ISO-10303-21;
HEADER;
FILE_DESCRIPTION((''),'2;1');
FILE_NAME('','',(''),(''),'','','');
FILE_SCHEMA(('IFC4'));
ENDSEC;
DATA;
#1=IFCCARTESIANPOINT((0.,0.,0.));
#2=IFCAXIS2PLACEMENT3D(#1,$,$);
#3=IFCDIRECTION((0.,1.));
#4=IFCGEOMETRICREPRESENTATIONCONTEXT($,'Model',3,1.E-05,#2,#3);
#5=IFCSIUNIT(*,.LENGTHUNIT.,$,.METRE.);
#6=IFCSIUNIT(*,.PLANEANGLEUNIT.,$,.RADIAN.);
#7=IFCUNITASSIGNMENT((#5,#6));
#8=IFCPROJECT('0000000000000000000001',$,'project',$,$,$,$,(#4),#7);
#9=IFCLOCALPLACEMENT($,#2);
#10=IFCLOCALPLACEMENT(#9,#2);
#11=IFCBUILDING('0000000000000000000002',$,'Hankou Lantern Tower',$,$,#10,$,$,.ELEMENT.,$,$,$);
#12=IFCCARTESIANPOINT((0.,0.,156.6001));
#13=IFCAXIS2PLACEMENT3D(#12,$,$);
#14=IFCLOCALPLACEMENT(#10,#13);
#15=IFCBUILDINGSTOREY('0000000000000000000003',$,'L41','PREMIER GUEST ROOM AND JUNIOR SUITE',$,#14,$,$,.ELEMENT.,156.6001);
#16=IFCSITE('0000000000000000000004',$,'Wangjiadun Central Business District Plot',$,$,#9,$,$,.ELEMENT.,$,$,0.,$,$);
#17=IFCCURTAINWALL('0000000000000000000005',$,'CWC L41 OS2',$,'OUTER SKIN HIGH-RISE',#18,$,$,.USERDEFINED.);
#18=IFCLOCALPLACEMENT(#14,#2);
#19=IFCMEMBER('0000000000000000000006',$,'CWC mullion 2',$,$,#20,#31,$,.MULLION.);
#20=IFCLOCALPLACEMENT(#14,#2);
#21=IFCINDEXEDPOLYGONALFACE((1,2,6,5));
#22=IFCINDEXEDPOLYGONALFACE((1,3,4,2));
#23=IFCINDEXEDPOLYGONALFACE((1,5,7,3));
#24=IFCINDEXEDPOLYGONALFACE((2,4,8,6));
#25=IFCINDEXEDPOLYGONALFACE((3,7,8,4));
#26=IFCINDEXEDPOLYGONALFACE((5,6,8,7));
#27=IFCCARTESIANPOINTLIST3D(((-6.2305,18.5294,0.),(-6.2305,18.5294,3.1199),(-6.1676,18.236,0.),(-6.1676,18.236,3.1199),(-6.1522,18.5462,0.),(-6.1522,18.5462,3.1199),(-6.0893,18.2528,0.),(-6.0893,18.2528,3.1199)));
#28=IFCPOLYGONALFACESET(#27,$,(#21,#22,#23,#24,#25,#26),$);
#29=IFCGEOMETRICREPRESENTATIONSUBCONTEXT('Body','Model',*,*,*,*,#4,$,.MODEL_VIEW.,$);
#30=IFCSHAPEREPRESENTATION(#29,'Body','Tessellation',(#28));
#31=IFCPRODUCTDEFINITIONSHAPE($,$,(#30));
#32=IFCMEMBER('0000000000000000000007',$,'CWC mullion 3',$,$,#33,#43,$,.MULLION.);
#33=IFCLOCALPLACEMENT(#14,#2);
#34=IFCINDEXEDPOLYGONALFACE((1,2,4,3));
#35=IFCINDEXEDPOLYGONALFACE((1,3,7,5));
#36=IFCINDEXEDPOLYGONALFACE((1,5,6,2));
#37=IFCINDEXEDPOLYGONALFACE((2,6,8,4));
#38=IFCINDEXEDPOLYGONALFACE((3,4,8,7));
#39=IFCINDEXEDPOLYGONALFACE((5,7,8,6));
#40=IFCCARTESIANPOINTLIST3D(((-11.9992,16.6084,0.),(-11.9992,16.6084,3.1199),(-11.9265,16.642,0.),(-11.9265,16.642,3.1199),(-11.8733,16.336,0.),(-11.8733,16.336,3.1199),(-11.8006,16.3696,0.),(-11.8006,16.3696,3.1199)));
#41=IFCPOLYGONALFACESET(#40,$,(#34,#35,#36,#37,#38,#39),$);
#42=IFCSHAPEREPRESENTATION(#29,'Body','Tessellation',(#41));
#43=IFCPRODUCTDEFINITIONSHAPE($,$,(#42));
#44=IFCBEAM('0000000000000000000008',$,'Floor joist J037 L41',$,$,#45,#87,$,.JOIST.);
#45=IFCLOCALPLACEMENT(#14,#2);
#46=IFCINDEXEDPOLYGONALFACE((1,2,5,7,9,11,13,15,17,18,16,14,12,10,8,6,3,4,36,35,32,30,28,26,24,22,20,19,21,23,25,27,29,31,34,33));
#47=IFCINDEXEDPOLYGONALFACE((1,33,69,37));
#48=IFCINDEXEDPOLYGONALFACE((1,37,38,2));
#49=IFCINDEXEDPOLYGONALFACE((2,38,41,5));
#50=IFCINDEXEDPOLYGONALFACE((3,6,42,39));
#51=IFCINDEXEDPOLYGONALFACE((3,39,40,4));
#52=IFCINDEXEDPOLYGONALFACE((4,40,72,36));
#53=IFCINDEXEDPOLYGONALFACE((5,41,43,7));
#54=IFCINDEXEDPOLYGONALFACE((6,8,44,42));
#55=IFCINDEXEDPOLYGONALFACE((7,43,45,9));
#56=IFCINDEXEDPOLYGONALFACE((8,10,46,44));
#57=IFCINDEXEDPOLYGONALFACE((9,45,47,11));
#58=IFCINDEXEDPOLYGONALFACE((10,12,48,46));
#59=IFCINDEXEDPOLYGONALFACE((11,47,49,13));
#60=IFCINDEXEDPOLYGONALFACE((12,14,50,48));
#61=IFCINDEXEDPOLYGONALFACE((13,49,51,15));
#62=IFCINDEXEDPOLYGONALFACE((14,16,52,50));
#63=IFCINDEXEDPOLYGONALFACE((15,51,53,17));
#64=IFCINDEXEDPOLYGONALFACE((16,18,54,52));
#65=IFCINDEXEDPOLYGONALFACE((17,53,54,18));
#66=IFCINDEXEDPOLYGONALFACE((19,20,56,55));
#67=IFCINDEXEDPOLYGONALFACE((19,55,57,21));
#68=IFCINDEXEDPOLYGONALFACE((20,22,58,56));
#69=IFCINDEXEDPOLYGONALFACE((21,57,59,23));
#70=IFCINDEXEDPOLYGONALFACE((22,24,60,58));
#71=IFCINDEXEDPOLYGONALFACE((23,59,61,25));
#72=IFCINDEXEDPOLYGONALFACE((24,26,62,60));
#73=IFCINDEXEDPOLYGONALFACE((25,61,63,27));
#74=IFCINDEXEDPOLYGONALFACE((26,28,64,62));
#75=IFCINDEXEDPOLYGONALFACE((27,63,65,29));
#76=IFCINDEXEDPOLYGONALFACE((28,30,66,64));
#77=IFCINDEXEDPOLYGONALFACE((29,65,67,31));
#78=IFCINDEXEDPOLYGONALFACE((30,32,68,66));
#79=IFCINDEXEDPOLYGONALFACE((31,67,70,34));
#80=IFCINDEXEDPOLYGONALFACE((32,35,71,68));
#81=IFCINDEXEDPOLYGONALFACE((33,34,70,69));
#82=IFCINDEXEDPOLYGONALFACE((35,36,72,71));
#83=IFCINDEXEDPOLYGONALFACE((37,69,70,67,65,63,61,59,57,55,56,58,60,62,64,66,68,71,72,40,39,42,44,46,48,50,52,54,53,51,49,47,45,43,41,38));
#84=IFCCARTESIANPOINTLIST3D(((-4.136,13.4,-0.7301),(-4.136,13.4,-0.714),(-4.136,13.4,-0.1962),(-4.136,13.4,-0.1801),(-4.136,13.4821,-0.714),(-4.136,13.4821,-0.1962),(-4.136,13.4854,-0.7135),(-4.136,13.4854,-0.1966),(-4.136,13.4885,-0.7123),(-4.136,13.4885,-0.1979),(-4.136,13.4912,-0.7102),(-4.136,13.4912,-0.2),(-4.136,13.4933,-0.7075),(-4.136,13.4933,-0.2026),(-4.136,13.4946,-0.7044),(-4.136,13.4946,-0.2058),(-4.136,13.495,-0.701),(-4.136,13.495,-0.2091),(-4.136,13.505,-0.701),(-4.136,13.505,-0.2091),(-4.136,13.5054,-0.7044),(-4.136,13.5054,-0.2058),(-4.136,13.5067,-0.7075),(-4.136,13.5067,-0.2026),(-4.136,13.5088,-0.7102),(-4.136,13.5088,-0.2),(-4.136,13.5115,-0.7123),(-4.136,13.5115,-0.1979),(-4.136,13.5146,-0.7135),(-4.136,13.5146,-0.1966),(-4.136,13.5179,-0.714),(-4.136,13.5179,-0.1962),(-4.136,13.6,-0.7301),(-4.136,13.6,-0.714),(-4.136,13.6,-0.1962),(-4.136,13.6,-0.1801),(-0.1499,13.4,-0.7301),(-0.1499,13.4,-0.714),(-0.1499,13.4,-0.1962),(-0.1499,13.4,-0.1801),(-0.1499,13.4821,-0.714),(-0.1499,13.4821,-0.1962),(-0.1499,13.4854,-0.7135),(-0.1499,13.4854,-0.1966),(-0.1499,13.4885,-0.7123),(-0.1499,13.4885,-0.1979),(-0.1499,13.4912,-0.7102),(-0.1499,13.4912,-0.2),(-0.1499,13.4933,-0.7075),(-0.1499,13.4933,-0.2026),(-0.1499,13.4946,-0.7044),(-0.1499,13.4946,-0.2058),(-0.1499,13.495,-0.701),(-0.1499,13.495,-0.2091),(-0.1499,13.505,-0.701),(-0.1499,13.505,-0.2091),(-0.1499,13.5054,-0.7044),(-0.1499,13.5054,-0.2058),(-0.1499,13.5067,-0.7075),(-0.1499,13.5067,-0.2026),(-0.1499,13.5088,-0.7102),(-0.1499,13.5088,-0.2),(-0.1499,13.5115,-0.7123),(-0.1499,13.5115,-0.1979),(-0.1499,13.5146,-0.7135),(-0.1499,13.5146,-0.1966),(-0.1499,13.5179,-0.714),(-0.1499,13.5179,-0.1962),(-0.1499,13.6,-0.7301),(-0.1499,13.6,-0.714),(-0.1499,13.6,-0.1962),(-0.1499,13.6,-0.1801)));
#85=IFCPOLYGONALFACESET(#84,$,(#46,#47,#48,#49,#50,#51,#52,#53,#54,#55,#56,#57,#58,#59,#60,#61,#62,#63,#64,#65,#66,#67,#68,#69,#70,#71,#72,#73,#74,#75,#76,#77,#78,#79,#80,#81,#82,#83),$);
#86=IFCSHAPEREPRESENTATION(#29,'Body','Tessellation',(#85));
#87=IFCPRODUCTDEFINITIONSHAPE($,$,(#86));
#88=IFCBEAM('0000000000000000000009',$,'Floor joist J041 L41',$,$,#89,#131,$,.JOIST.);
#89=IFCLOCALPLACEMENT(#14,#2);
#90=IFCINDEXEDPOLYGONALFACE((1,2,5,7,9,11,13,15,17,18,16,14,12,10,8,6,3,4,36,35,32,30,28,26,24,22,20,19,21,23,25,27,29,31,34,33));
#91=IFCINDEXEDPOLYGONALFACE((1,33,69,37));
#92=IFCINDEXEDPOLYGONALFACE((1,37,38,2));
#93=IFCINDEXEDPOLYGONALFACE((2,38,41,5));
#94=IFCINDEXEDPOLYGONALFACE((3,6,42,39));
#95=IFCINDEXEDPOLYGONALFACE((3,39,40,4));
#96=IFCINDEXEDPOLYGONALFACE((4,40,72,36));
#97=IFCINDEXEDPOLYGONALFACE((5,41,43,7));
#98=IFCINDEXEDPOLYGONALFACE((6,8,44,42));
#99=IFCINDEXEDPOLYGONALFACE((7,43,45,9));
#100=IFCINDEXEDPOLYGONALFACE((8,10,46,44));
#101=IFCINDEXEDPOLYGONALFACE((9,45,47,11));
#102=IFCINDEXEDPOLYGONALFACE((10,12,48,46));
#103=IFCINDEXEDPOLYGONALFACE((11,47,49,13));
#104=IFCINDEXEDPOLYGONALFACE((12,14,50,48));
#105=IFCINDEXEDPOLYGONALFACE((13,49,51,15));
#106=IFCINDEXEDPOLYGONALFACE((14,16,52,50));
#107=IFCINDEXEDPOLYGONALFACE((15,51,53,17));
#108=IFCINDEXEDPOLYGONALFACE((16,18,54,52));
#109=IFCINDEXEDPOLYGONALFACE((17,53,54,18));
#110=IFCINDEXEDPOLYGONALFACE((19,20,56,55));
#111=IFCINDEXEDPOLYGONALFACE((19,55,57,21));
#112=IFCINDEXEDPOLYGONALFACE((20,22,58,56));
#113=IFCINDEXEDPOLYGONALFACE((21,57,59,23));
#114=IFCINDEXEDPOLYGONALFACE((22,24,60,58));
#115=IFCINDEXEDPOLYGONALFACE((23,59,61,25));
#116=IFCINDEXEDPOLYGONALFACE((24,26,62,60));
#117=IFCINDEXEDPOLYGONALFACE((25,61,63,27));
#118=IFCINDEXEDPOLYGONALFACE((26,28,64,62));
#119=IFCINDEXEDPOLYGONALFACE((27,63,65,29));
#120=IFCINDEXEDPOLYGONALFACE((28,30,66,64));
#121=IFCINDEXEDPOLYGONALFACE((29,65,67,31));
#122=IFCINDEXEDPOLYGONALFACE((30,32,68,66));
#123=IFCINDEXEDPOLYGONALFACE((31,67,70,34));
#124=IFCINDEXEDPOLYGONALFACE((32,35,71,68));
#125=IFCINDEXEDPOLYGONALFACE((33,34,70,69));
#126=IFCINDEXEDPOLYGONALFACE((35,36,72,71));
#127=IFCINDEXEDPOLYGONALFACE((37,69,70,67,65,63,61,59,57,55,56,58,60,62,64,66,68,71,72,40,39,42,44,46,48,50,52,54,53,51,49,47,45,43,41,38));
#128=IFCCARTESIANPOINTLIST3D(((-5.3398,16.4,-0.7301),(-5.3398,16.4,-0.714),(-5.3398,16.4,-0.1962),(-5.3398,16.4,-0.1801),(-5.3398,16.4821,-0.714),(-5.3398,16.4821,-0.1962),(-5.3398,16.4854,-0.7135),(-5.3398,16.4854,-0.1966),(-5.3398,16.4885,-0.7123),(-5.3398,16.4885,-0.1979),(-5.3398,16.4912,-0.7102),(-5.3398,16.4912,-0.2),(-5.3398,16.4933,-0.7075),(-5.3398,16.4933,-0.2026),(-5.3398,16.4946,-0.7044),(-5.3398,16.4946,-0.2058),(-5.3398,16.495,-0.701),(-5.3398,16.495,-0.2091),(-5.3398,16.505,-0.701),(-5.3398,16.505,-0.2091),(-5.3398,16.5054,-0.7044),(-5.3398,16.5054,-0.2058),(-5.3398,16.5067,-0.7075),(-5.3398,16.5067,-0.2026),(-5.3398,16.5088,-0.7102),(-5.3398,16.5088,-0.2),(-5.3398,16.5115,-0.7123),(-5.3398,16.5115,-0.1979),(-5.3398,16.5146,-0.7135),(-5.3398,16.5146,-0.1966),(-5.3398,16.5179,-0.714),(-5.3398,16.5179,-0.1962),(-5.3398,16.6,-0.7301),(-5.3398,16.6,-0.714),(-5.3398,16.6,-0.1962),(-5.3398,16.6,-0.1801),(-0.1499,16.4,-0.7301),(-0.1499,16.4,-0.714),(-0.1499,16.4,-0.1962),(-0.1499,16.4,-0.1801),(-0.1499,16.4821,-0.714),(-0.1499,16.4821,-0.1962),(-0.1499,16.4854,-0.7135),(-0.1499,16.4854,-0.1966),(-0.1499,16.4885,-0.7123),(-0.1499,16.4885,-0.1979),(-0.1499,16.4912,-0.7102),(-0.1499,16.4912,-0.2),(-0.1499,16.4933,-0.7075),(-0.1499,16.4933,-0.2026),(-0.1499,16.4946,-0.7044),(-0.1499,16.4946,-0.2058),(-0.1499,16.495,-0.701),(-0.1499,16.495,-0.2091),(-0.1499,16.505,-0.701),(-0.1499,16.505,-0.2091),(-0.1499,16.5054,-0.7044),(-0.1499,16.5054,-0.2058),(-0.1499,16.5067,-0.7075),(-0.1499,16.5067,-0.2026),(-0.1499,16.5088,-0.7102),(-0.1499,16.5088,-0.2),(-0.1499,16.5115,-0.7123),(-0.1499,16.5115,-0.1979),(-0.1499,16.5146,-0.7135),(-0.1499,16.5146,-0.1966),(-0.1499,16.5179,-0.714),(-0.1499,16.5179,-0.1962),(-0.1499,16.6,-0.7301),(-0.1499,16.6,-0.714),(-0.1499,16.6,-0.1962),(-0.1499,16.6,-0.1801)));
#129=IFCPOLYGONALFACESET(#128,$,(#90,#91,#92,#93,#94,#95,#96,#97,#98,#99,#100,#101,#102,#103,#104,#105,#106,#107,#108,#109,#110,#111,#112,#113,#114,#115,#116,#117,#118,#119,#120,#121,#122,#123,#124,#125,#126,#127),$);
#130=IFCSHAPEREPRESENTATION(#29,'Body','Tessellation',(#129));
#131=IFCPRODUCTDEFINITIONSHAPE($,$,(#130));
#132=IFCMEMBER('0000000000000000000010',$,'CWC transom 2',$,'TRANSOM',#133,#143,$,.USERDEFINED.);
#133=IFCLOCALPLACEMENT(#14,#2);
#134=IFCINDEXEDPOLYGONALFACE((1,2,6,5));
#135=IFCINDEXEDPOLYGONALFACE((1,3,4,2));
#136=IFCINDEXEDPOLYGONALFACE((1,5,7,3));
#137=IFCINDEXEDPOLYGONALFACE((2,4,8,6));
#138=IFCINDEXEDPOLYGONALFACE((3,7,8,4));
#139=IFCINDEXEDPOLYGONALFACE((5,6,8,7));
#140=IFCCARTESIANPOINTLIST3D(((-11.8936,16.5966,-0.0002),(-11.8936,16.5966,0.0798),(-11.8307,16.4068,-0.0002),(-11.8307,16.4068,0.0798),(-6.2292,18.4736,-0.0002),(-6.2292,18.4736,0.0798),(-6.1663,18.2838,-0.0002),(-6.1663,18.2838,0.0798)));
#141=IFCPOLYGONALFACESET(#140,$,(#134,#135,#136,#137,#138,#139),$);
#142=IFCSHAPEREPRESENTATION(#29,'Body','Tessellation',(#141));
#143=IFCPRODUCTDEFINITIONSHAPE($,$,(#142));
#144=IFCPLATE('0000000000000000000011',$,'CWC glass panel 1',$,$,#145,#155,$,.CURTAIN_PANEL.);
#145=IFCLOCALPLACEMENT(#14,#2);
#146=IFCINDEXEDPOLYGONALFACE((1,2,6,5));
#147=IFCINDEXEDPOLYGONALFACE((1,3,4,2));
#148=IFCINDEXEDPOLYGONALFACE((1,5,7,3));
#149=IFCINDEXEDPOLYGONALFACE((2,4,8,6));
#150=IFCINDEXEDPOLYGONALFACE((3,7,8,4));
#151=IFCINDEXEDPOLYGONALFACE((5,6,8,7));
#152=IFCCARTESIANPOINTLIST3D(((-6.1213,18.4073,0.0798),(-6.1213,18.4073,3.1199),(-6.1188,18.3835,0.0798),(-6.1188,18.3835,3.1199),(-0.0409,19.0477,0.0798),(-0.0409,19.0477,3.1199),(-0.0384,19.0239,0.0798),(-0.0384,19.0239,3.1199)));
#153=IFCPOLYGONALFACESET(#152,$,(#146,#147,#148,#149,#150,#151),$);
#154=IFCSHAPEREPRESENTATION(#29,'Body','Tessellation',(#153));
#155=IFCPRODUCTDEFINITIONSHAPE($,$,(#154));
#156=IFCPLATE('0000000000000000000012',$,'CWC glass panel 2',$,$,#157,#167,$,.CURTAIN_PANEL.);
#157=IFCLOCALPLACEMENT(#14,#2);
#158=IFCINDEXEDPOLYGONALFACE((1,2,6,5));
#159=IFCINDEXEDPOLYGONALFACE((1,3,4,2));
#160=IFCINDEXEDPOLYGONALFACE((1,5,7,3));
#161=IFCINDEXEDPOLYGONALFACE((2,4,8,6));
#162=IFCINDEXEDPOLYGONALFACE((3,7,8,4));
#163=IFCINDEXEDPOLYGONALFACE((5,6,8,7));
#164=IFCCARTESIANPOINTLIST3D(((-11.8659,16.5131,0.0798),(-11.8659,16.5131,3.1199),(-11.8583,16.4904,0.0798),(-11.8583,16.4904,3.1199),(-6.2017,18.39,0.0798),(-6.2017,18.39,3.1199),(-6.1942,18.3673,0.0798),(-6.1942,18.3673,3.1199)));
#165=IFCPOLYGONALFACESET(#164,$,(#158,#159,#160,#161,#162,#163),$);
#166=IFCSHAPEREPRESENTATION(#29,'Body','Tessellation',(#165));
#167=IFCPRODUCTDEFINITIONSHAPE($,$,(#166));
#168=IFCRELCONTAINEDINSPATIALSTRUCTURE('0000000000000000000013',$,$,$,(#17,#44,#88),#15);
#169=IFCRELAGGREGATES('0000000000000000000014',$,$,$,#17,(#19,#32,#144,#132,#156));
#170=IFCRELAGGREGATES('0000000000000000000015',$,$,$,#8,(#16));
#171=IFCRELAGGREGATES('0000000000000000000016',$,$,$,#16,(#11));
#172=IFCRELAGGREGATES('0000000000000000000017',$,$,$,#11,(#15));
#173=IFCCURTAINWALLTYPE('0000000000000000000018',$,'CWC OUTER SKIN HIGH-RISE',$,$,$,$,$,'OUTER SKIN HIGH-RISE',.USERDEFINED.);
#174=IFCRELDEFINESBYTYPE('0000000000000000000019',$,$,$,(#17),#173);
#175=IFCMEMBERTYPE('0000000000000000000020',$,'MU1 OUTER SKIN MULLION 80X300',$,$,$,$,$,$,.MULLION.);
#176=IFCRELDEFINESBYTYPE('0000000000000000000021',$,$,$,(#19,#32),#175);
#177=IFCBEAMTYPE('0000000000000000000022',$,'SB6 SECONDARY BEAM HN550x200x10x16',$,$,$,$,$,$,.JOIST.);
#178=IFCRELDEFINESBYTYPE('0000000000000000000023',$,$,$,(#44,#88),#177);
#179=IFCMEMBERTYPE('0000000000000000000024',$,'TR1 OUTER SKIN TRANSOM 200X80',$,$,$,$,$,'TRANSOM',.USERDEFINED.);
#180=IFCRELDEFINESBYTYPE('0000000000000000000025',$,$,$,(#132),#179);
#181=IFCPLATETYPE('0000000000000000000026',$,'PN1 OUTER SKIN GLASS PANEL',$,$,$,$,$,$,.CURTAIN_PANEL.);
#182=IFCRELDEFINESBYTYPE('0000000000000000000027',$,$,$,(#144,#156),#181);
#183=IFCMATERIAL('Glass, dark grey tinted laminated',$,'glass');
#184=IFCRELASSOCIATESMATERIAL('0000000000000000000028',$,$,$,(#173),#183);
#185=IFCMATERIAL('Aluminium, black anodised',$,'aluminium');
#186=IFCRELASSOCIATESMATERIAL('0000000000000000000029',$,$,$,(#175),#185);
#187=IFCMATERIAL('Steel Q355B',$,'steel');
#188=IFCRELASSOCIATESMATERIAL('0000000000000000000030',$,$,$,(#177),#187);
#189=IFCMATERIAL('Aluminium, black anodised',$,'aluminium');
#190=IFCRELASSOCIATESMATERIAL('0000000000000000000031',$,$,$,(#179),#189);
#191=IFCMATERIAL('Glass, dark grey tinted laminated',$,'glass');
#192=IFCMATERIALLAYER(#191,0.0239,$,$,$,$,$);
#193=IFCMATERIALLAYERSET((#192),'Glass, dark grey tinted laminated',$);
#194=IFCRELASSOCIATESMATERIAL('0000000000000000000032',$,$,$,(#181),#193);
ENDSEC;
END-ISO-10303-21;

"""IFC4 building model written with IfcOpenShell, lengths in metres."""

from ifc_helpers import new_model, si_unit, direction, frame, origin, origin_2d, place, context, subcontext, project, spatial, rectangle, i_section, extrude, material, layer, layer_set, material_profile, profile_set, type_object, element, aggregate, save


model = new_model("IFC4")

# Units and contexts
model_context = context("Model", 3, precision=1e-05, world=origin(), true_north=direction((0.0, 1.0)))
body_context = subcontext(model_context, "Body", "Model", "MODEL_VIEW")
ifc_project = project(units=[si_unit("LENGTHUNIT", "METRE"), si_unit("PLANEANGLEUNIT", "RADIAN")], contexts=[model_context])

# Site, building, storey
site_placement = place(None, origin())
site = spatial("IfcSite", under=ifc_project, at=site_placement, Name="Wangjiadun Central Business District Plot", CompositionType="ELEMENT", RefElevation=0.0)
building_placement = place(site_placement, origin())
building = spatial("IfcBuilding", under=site, at=building_placement, Name="Hankou Lantern Tower", CompositionType="ELEMENT")
storey_placement = place(building_placement, frame((0.0, 0.0, 156.6001)))
storey = spatial("IfcBuildingStorey", under=building, at=storey_placement, Name="L41", Description="PREMIER GUEST ROOM AND JUNIOR SUITE", CompositionType="ELEMENT", Elevation=156.6001)

# Curtain wall, members
ifc_material_1 = material(Name="Glass, dark grey tinted laminated", Category="glass")
curtain_wall_type = type_object("IfcCurtainWallType", Name="CWC OUTER SKIN HIGH-RISE", ElementType="OUTER SKIN HIGH-RISE", PredefinedType="USERDEFINED", material=ifc_material_1)
curtain_wall_placement = place(storey_placement, origin())
curtain_wall = element("IfcCurtainWall", 1, at=curtain_wall_placement, inside=storey, type_object=curtain_wall_type, Name="CWC L41 OS2", ObjectType="OUTER SKIN HIGH-RISE", PredefinedType="USERDEFINED")
ifc_material_2 = material(Name="Aluminium, black anodised", Category="aluminium")
ifc_material_profile_1 = material_profile(ifc_material_2, rectangle(XDim=0.0801, YDim=0.3, at=origin_2d()), Name="MU1 80X300")
ifc_profile_set_1 = profile_set([ifc_material_profile_1], Name="Aluminium, black anodised")
member_type_1 = type_object("IfcMemberType", Name="MU1 OUTER SKIN MULLION 80X300", PredefinedType="MULLION", material=ifc_profile_set_1)
member_1_placement = place(storey_placement, frame((-6.1599, 18.3911, 0.0), z_axis=(0.0, 0.0, 1.0), x_axis=(-0.977788, -0.209598, 0.0)))
member_1 = element("IfcMember", 2, at=member_1_placement, type_object=member_type_1, Name="CWC mullion 2", PredefinedType="MULLION", context=body_context, shape_type="SweptSolid", body=[
    extrude(rectangle(XDim=0.0801, YDim=0.3, at=origin_2d()), origin(), (0.0, 0.0, 1.0), 3.1199),
])
member_2_placement = place(storey_placement, frame((-11.8999, 16.489, 0.0), z_axis=(0.0, 0.0, 1.0), x_axis=(-0.907841, -0.419314, 0.0)))
member_2 = element("IfcMember", 3, at=member_2_placement, type_object=member_type_1, Name="CWC mullion 3", PredefinedType="MULLION", context=body_context, shape_type="SweptSolid", body=[
    extrude(rectangle(XDim=0.0801, YDim=0.3, at=origin_2d()), origin(), (0.0, 0.0, 1.0), 3.1199),
])

# Beams
ifc_material_3 = material(Name="Steel Q355B", Category="steel")
ifc_material_profile_2 = material_profile(ifc_material_3, i_section(OverallWidth=0.2, OverallDepth=0.55, WebThickness=0.01, FlangeThickness=0.0161, FilletRadius=0.0129, at=origin_2d()), Name="HN550x200x10x16")
ifc_profile_set_2 = profile_set([ifc_material_profile_2], Name="Steel Q355B")
beam_type_1 = type_object("IfcBeamType", Name="SB6 SECONDARY BEAM HN550x200x10x16", PredefinedType="JOIST", material=ifc_profile_set_2)
beam_1_placement = place(storey_placement, frame((-4.136, 13.5, -0.4551), z_axis=(1.0, 0.0, 0.0), x_axis=(0.0, 1.0, 0.0)))
element("IfcBeam", 4, at=beam_1_placement, inside=storey, type_object=beam_type_1, Name="Floor joist J037 L41", PredefinedType="JOIST", context=body_context, shape_type="SweptSolid", body=[
    extrude(i_section(OverallWidth=0.2, OverallDepth=0.55, WebThickness=0.01, FlangeThickness=0.0161, FilletRadius=0.0129, at=origin_2d()), origin(), (0.0, 0.0, 1.0), 3.9861),
])
beam_2_placement = place(storey_placement, frame((-5.3398, 16.5, -0.4551), z_axis=(1.0, 0.0, 0.0), x_axis=(0.0, 1.0, 0.0)))
element("IfcBeam", 5, at=beam_2_placement, inside=storey, type_object=beam_type_1, Name="Floor joist J041 L41", PredefinedType="JOIST", context=body_context, shape_type="SweptSolid", body=[
    extrude(i_section(OverallWidth=0.2, OverallDepth=0.55, WebThickness=0.01, FlangeThickness=0.0161, FilletRadius=0.0129, at=origin_2d()), origin(), (0.0, 0.0, 1.0), 5.1899),
])

# Member
ifc_material_4 = material(Name="Aluminium, black anodised", Category="aluminium")
ifc_material_profile_3 = material_profile(ifc_material_4, rectangle(XDim=0.2, YDim=0.0801, at=origin_2d()), Name="TR1 200X80")
ifc_profile_set_3 = profile_set([ifc_material_profile_3], Name="Aluminium, black anodised")
member_type_2 = type_object("IfcMemberType", Name="TR1 OUTER SKIN TRANSOM 200X80", ElementType="TRANSOM", PredefinedType="USERDEFINED", material=ifc_profile_set_3)
member_3_placement = place(storey_placement, frame((-6.1978, 18.3787, 0.0398), z_axis=(-0.949242, -0.314546, 0.0), x_axis=(0.314546, -0.949242, 0.0)))
member_3 = element("IfcMember", 6, at=member_3_placement, type_object=member_type_2, Name="CWC transom 2", ObjectType="TRANSOM", PredefinedType="USERDEFINED", context=body_context, shape_type="SweptSolid", body=[
    extrude(rectangle(XDim=0.2, YDim=0.0801, at=origin_2d()), origin(), (0.0, 0.0, 1.0), 5.9673),
])

# Plates
ifc_material_5 = material(Name="Glass, dark grey tinted laminated", Category="glass")
ifc_layer_1 = layer(ifc_material_5, 0.0239)
ifc_layer_set_1 = layer_set([ifc_layer_1], Name="Glass, dark grey tinted laminated")
plate_type = type_object("IfcPlateType", Name="PN1 OUTER SKIN GLASS PANEL", PredefinedType="CURTAIN_PANEL", material=ifc_layer_set_1)
plate_1_placement = place(storey_placement, frame((-3.0798, 18.7156, 0.0798), z_axis=(0.0, 0.0, 1.0), x_axis=(-0.994499, -0.104743, 0.0)))
plate_1 = element("IfcPlate", 7, at=plate_1_placement, type_object=plate_type, Name="CWC glass panel 1", PredefinedType="CURTAIN_PANEL", context=body_context, shape_type="SweptSolid", body=[
    extrude(rectangle(XDim=6.114, YDim=0.0239, at=origin_2d()), origin(), (0.0, 0.0, 1.0), 3.04),
])
plate_2_placement = place(storey_placement, frame((-9.03, 17.4402, 0.0798), z_axis=(0.0, 0.0, 1.0), x_axis=(-0.949241, -0.314551, 0.0)))
plate_2 = element("IfcPlate", 8, at=plate_2_placement, type_object=plate_type, Name="CWC glass panel 2", PredefinedType="CURTAIN_PANEL", context=body_context, shape_type="SweptSolid", body=[
    extrude(rectangle(XDim=5.967, YDim=0.0239, at=origin_2d()), origin(), (0.0, 0.0, 1.0), 3.04),
])
aggregate(curtain_wall, [member_1, member_2, plate_1, member_3, plate_2])

save(model, "model.ifc")
